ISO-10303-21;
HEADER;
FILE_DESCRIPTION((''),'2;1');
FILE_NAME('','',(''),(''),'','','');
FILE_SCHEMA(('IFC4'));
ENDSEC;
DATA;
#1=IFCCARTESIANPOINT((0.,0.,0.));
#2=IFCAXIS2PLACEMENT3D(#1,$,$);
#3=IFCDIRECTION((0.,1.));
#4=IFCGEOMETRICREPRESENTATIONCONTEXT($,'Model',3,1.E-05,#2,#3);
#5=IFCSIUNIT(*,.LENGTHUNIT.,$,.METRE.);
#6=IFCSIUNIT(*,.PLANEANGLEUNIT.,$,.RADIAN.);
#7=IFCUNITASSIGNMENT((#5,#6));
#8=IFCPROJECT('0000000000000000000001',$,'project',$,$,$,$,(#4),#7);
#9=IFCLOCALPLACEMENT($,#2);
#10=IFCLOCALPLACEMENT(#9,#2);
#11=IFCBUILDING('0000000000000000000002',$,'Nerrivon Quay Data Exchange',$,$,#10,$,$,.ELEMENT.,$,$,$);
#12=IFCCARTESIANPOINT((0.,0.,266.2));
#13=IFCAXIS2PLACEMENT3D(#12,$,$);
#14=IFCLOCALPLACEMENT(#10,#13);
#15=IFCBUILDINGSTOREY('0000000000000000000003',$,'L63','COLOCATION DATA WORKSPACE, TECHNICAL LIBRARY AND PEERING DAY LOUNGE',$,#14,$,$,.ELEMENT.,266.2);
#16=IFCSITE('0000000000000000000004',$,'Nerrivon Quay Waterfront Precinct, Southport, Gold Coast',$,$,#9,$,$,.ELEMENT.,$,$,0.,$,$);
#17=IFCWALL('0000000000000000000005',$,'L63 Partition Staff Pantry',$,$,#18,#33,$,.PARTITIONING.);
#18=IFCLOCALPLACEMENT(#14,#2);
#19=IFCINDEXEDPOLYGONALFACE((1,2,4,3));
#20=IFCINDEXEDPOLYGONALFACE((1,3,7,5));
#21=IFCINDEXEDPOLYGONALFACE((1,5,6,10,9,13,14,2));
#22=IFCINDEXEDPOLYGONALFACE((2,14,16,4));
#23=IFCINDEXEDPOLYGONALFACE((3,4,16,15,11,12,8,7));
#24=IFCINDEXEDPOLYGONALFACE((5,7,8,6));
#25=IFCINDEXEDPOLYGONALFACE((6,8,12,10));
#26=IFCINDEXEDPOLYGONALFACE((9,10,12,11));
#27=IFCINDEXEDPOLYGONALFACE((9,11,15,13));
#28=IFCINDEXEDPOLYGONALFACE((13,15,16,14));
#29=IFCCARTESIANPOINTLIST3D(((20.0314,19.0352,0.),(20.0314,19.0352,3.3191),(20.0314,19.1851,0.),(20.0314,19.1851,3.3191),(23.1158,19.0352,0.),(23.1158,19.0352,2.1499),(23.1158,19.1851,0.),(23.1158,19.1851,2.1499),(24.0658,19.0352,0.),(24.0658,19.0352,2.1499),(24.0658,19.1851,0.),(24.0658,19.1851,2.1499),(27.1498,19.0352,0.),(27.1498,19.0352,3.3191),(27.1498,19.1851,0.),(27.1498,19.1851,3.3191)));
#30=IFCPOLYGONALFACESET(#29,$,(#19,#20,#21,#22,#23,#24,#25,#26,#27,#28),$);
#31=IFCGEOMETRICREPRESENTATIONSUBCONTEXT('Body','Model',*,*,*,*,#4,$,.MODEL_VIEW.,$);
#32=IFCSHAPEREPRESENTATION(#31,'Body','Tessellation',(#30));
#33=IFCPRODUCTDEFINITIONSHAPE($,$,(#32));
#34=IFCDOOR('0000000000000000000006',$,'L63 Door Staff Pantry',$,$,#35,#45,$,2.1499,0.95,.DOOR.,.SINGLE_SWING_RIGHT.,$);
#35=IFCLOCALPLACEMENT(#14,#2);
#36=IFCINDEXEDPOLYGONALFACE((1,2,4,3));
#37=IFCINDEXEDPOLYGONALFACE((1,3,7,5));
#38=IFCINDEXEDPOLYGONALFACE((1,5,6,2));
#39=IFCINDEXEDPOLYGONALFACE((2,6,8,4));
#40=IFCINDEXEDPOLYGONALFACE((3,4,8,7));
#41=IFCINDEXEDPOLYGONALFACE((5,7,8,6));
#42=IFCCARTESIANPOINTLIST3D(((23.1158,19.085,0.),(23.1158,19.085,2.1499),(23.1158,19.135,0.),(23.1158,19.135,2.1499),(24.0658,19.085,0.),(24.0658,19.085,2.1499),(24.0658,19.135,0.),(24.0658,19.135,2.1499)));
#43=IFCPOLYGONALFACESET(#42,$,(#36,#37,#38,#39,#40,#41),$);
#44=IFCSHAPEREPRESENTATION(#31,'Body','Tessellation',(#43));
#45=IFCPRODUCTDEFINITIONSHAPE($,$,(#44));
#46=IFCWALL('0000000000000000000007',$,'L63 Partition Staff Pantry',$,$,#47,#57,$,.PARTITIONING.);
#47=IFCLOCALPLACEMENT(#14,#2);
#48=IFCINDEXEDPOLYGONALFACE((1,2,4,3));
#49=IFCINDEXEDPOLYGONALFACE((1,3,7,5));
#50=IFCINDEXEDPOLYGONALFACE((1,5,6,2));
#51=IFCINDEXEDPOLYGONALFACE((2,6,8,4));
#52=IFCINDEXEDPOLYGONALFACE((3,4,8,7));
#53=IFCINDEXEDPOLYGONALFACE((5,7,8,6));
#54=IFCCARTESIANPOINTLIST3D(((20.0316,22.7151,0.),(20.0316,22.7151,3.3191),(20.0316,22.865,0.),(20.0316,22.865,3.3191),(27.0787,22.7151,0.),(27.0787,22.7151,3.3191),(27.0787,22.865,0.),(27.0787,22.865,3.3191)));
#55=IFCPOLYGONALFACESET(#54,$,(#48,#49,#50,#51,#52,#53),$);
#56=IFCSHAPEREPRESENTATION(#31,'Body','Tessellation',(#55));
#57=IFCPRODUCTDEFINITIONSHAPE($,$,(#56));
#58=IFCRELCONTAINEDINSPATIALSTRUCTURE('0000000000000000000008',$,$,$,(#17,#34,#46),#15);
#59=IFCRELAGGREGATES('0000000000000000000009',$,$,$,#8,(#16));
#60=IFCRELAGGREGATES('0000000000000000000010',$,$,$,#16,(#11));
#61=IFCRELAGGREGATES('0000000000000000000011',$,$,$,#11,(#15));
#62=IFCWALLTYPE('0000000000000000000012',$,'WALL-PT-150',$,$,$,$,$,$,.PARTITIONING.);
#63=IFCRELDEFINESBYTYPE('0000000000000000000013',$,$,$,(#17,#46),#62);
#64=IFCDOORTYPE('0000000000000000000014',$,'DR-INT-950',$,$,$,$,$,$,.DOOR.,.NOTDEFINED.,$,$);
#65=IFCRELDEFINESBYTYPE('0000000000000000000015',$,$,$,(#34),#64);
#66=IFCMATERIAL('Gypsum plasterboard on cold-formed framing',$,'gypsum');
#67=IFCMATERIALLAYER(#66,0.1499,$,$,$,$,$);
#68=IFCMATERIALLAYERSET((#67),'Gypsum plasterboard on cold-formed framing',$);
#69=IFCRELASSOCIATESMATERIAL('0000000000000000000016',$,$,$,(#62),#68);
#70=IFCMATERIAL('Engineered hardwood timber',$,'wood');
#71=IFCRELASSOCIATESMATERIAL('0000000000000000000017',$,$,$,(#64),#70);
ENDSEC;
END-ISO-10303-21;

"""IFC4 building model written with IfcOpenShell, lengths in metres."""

from ifc_helpers import new_model, si_unit, direction, frame, frame_2d, origin, place, context, subcontext, project, spatial, rectangle, extrude, material, layer, layer_set, type_object, element, fill, save


model = new_model("IFC4")

# Units and contexts
model_context = context("Model", 3, precision=1e-05, world=origin(), true_north=direction((0.0, 1.0)))
body_context = subcontext(model_context, "Body", "Model", "MODEL_VIEW")
ifc_project = project(units=[si_unit("LENGTHUNIT", "METRE"), si_unit("PLANEANGLEUNIT", "RADIAN")], contexts=[model_context])

# Site, building, storey
site_placement = place(None, origin())
site = spatial("IfcSite", under=ifc_project, at=site_placement, Name="Nerrivon Quay Waterfront Precinct, Southport, Gold Coast", CompositionType="ELEMENT", RefElevation=0.0)
building_placement = place(site_placement, origin())
building = spatial("IfcBuilding", under=site, at=building_placement, Name="Nerrivon Quay Data Exchange", CompositionType="ELEMENT")
storey_placement = place(building_placement, frame((0.0, 0.0, 266.2)))
storey = spatial("IfcBuildingStorey", under=building, at=storey_placement, Name="L63", Description="COLOCATION DATA WORKSPACE, TECHNICAL LIBRARY AND PEERING DAY LOUNGE", CompositionType="ELEMENT", Elevation=266.2)

# Shared definitions
ifc_material_1 = material(Name="Gypsum plasterboard on cold-formed framing", Category="gypsum")

# Wall, opening, door
ifc_layer_1 = layer(ifc_material_1, 0.1499)
ifc_layer_set_1 = layer_set([ifc_layer_1], Name="Gypsum plasterboard on cold-formed framing")
wall_type_1 = type_object("IfcWallType", Name="WALL-PT-150", PredefinedType="PARTITIONING", material=ifc_layer_set_1)
wall_1_placement = place(storey_placement, frame((20.0315, 19.1101, 0.0), z_axis=(0.0, 0.0, 1.0), x_axis=(1.0, 0.0, 0.0)))
wall_1 = element("IfcWall", 1, at=wall_1_placement, inside=storey, type_object=wall_type_1, Name="L63 Partition Staff Pantry", PredefinedType="PARTITIONING", context=body_context, shape_type="SweptSolid", body=[
    extrude(rectangle(XDim=7.1184, YDim=0.1499, at=frame_2d((3.5591, 0.0))), origin(), (0.0, 0.0, 1.0), 3.3191),
])
opening_placement = place(wall_1_placement, frame((3.0842, 0.0, 0.0)))
opening = element("IfcOpeningElement", 2, at=opening_placement, cuts=wall_1, PredefinedType="OPENING", context=body_context, shape_type="SweptSolid", body=[
    extrude(rectangle(XDim=0.95, YDim=2.1499, at=frame_2d((0.4751, 1.075))), frame((0.0, 0.085, 0.0), z_axis=(0.0, -1.0, 0.0), x_axis=(1.0, 0.0, 0.0)), (0.0, 0.0, 1.0), 0.1699),
])
ifc_material_2 = material(Name="Engineered hardwood timber", Category="wood")
door_type = type_object("IfcDoorType", Name="DR-INT-950", OperationType="NOTDEFINED", PredefinedType="DOOR", material=ifc_material_2)
door_placement = place(opening_placement, origin())
door = element("IfcDoor", 3, at=door_placement, inside=storey, type_object=door_type, Name="L63 Door Staff Pantry", OperationType="SINGLE_SWING_RIGHT", OverallHeight=2.1499, OverallWidth=0.95, PredefinedType="DOOR", context=body_context, shape_type="SweptSolid", body=[
    extrude(rectangle(XDim=0.95, YDim=2.1499, at=frame_2d((0.4751, 1.075))), frame((0.0, 0.0249, 0.0), z_axis=(0.0, -1.0, 0.0), x_axis=(1.0, 0.0, 0.0)), (0.0, 0.0, 1.0), 0.05),
])
fill(opening, door)

# Wall
wall_2_placement = place(storey_placement, frame((27.0786, 22.79, 0.0), z_axis=(0.0, 0.0, 1.0), x_axis=(-1.0, 0.0, 0.0)))
element("IfcWall", 4, at=wall_2_placement, inside=storey, type_object=wall_type_1, Name="L63 Partition Staff Pantry", PredefinedType="PARTITIONING", context=body_context, shape_type="SweptSolid", body=[
    extrude(rectangle(XDim=7.0471, YDim=0.1499, at=frame_2d((3.5234, 0.0))), origin(), (0.0, 0.0, 1.0), 3.3191),
])

save(model, "model.ifc")
